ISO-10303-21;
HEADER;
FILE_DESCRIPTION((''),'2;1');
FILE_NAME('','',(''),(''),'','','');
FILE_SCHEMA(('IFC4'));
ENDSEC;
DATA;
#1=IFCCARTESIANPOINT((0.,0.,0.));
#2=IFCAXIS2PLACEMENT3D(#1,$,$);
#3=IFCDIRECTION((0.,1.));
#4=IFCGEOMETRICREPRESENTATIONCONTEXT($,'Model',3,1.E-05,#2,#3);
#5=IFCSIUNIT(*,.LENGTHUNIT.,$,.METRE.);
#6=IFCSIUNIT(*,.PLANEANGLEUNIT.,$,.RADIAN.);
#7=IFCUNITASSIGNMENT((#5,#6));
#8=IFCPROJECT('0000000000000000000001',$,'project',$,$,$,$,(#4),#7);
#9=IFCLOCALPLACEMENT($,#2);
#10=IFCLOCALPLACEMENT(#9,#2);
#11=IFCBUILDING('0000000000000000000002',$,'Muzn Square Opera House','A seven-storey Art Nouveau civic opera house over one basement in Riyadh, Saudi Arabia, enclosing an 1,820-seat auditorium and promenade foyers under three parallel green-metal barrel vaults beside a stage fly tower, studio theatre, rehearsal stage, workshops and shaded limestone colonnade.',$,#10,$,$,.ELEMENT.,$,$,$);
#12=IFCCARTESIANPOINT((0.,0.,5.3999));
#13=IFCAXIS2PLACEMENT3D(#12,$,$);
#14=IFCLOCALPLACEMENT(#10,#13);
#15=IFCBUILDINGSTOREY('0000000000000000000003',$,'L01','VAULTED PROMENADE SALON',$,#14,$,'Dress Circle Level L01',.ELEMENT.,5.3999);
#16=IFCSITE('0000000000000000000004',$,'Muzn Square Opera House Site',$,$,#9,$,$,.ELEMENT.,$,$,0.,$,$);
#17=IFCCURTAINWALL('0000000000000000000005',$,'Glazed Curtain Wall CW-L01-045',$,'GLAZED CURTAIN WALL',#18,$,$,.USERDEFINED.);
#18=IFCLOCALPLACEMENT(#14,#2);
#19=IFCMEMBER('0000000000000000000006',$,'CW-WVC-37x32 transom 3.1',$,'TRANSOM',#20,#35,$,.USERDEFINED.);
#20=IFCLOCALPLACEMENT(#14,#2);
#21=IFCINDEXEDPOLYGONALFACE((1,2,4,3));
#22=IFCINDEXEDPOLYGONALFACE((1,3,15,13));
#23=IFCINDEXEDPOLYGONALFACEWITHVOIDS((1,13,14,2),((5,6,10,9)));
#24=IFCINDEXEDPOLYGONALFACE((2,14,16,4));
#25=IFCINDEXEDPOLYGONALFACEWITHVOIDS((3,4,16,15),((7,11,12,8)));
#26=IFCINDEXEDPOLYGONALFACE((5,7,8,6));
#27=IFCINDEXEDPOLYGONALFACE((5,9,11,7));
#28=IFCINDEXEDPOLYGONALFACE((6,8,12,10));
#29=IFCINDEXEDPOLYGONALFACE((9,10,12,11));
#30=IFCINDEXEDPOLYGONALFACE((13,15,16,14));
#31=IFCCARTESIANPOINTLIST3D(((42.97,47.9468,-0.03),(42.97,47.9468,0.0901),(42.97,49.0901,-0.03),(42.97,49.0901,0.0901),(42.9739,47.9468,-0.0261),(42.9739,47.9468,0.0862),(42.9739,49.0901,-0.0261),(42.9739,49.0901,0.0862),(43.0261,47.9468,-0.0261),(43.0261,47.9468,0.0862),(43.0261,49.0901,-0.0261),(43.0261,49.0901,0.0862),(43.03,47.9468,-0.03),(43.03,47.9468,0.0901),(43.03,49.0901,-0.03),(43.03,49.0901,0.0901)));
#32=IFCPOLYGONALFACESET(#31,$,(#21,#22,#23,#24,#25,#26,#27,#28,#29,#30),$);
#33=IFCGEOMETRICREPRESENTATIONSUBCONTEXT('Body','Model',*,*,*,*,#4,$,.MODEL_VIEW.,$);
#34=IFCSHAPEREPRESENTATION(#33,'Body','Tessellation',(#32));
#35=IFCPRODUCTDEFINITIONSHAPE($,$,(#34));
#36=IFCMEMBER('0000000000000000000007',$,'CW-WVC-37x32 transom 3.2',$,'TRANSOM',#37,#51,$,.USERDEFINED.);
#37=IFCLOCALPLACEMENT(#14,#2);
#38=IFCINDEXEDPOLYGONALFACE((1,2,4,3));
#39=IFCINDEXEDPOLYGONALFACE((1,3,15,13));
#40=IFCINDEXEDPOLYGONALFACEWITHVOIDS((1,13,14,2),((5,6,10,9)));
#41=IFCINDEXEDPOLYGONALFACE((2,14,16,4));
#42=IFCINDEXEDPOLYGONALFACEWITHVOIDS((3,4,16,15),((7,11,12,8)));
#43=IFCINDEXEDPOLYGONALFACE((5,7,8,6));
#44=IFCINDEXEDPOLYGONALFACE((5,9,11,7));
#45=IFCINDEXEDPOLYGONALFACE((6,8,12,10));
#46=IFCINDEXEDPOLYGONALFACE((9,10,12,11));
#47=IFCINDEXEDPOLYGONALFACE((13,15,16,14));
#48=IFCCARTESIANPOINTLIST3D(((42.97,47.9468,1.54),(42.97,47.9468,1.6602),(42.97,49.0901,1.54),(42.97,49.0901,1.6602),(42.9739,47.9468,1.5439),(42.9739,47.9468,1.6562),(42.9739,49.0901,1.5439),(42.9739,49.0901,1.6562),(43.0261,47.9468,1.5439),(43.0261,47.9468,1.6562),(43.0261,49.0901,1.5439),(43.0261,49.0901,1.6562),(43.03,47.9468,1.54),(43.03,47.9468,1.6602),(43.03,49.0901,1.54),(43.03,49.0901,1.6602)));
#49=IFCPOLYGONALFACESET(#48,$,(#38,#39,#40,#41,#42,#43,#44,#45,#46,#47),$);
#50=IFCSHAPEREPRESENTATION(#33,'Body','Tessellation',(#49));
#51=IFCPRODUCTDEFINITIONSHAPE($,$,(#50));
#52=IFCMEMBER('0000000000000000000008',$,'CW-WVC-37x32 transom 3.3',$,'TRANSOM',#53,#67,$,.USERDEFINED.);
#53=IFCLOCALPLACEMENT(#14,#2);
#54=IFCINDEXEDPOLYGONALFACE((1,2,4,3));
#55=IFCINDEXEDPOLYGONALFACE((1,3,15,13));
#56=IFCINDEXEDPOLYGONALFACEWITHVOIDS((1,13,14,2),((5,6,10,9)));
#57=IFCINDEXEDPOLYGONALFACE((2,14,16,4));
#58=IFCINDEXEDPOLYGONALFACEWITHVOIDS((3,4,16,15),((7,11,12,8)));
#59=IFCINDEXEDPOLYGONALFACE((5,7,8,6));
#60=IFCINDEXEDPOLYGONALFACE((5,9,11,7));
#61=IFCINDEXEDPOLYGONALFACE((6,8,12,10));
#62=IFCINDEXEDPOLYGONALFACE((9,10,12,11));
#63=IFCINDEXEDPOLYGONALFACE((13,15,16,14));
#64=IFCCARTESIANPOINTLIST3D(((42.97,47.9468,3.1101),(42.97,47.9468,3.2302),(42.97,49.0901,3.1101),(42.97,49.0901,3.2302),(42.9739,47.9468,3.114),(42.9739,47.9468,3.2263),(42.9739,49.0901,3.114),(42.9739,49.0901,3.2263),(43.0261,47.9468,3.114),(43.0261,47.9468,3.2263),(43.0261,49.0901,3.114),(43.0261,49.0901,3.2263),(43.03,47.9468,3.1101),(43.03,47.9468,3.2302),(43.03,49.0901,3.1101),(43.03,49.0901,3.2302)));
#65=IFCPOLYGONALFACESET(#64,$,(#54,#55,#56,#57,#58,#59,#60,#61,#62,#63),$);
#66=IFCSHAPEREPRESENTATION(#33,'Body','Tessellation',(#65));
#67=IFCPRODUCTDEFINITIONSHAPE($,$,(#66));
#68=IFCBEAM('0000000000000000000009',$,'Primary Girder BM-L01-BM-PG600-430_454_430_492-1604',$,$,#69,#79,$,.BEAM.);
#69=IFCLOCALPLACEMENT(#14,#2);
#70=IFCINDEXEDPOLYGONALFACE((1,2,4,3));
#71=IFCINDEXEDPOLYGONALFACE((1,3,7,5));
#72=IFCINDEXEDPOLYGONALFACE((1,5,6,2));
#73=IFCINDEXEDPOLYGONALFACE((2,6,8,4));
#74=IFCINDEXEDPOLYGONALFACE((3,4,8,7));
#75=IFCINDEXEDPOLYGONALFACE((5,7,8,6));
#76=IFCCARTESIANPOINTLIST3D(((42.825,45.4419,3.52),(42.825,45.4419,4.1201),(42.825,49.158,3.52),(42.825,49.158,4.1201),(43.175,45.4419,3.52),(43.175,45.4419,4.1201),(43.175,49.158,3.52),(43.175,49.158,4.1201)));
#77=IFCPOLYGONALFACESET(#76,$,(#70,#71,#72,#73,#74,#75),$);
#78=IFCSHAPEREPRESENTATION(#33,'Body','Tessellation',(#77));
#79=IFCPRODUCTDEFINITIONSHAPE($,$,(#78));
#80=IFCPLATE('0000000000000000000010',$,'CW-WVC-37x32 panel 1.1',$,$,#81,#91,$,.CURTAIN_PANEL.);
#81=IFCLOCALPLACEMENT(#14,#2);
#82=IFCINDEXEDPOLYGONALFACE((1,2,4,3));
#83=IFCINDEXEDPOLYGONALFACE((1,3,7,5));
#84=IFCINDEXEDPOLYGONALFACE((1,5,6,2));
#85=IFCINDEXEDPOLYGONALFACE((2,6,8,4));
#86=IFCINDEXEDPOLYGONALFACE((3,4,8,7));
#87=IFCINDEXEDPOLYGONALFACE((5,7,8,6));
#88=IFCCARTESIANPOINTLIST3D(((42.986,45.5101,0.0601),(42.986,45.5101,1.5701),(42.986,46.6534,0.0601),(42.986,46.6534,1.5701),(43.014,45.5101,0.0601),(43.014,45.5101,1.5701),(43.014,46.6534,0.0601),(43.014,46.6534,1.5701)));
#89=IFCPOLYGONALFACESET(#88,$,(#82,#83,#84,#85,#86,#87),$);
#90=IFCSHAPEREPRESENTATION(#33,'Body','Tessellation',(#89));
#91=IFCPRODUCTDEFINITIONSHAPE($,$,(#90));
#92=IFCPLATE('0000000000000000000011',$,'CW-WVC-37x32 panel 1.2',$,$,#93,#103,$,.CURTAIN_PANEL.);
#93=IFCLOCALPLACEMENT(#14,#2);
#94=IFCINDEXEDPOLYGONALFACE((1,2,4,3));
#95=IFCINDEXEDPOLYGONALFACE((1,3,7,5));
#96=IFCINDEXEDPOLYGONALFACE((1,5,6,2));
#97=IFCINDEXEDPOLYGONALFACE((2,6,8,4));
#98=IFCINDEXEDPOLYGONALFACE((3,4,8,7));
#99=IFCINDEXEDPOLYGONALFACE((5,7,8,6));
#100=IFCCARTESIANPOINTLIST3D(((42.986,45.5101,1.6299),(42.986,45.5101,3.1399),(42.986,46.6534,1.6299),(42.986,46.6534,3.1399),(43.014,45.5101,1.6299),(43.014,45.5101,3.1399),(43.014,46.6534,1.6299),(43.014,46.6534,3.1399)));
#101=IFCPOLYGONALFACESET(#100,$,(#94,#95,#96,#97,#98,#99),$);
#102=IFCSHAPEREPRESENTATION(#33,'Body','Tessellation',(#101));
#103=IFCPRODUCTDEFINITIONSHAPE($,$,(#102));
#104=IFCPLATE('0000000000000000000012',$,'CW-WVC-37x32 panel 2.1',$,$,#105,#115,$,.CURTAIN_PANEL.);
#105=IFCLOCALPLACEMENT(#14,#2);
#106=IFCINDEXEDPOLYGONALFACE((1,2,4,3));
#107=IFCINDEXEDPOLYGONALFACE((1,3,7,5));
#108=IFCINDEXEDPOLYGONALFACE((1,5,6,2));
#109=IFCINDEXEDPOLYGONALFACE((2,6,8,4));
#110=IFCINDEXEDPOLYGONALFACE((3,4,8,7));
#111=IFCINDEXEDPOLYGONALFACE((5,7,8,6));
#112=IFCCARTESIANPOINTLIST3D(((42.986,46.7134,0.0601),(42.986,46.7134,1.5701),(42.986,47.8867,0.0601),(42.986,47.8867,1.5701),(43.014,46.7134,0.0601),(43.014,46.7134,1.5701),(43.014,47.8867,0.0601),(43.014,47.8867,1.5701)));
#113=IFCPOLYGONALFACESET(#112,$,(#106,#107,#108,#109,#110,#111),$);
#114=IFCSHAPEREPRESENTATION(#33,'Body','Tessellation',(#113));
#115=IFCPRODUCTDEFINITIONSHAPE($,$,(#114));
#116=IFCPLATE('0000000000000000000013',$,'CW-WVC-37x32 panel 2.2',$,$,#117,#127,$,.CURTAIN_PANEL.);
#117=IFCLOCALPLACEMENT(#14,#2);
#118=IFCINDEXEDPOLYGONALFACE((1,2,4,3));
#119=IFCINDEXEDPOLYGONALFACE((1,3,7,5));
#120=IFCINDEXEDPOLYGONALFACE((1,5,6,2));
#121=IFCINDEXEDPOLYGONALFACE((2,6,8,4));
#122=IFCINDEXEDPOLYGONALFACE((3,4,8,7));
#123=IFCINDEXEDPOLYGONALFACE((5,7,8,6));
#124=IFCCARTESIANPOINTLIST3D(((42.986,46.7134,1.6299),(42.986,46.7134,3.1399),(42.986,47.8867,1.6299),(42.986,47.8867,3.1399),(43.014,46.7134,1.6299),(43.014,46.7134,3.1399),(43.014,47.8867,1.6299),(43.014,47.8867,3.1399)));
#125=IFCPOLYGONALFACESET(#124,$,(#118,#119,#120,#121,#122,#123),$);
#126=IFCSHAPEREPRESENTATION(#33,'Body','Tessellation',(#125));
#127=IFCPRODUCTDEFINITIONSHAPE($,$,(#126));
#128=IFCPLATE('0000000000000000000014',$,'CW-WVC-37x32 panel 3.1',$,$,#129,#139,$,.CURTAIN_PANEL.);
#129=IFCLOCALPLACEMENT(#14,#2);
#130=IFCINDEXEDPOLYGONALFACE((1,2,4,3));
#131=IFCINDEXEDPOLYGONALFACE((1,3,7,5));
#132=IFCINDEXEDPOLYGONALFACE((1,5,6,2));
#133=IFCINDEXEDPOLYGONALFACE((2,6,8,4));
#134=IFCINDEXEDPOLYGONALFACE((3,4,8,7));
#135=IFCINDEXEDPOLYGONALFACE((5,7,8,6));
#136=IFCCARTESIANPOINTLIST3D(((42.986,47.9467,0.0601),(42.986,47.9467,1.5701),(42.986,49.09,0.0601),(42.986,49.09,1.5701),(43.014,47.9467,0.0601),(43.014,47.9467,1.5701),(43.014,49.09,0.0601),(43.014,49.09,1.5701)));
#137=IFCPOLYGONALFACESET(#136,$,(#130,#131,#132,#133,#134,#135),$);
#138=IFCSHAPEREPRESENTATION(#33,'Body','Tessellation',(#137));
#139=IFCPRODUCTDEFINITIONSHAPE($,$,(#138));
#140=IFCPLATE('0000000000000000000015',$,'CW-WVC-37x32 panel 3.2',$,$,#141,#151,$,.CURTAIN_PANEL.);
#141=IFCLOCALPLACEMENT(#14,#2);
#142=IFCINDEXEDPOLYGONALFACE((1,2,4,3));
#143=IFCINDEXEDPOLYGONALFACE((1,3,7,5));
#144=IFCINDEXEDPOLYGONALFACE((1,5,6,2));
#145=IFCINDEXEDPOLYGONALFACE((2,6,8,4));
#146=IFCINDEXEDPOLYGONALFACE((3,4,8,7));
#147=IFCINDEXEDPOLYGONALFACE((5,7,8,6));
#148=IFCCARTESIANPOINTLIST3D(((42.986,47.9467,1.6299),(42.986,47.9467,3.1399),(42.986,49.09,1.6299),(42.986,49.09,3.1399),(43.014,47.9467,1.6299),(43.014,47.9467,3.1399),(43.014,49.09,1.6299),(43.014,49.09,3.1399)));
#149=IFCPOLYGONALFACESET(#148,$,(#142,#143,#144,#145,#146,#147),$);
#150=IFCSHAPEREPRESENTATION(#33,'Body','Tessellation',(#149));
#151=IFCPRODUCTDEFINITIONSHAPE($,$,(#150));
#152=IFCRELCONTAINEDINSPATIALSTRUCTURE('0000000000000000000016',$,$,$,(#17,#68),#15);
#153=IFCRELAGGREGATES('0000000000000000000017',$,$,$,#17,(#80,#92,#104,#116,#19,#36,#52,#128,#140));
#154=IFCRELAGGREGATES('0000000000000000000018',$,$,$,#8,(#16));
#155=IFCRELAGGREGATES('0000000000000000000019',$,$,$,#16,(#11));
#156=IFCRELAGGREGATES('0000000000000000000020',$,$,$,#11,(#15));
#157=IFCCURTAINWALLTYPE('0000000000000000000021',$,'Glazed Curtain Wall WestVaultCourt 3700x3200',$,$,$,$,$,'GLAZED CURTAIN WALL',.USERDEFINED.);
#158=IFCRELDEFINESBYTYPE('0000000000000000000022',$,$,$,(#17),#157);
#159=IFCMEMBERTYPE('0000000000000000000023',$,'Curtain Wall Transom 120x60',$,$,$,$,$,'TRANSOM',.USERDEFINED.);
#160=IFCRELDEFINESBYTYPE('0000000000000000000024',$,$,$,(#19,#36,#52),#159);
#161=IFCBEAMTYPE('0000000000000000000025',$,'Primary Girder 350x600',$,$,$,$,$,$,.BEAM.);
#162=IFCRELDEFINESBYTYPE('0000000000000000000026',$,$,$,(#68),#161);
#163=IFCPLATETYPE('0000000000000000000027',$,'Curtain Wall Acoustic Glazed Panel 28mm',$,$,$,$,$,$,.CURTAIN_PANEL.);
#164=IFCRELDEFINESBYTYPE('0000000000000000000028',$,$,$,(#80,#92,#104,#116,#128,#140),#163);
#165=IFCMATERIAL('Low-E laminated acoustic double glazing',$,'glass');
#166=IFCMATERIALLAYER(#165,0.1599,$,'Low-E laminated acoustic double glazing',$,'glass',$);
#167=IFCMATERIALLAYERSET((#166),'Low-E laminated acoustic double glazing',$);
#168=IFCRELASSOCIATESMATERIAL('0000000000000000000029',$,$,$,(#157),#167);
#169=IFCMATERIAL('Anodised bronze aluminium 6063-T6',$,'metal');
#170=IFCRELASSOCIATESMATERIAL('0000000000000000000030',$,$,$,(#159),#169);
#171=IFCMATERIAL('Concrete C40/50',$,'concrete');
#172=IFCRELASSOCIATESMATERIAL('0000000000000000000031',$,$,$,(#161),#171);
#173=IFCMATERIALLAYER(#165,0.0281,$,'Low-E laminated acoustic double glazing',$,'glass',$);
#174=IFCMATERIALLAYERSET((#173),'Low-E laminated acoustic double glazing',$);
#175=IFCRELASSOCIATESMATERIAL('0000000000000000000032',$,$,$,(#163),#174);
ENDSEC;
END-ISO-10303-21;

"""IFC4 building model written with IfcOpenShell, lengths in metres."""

from ifc_helpers import new_model, si_unit, direction, frame, origin, origin_2d, place, context, subcontext, project, spatial, rectangle, hollow_rectangle, extrude, material, layer, layer_set, material_profile, profile_set, type_object, element, aggregate, save


model = new_model("IFC4")

# Units and contexts
model_context = context("Model", 3, precision=1e-05, world=origin(), true_north=direction((0.0, 1.0)))
body_context = subcontext(model_context, "Body", "Model", "MODEL_VIEW")
ifc_project = project(units=[si_unit("LENGTHUNIT", "METRE"), si_unit("PLANEANGLEUNIT", "RADIAN")], contexts=[model_context])

# Site, building, storey
site_placement = place(None, origin())
site = spatial("IfcSite", under=ifc_project, at=site_placement, Name="Muzn Square Opera House Site", CompositionType="ELEMENT", RefElevation=0.0)
building_placement = place(site_placement, origin())
building = spatial("IfcBuilding", under=site, at=building_placement, Name="Muzn Square Opera House", Description="A seven-storey Art Nouveau civic opera house over one basement in Riyadh, Saudi Arabia, enclosing an 1,820-seat auditorium and promenade foyers under three parallel green-metal barrel vaults beside a stage fly tower, studio theatre, rehearsal stage, workshops and shaded limestone colonnade.", CompositionType="ELEMENT")
storey_placement = place(building_placement, frame((0.0, 0.0, 5.3999)))
storey = spatial("IfcBuildingStorey", under=building, at=storey_placement, Name="L01", Description="VAULTED PROMENADE SALON", LongName="Dress Circle Level L01", CompositionType="ELEMENT", Elevation=5.3999)

# Curtain wall, members
ifc_material_1 = material(Name="Low-E laminated acoustic double glazing", Category="glass")
ifc_layer_1 = layer(ifc_material_1, 0.1599, Name="Low-E laminated acoustic double glazing", Category="glass")
ifc_layer_set_1 = layer_set([ifc_layer_1], Name="Low-E laminated acoustic double glazing")
curtain_wall_type = type_object("IfcCurtainWallType", Name="Glazed Curtain Wall WestVaultCourt 3700x3200", ElementType="GLAZED CURTAIN WALL", PredefinedType="USERDEFINED", material=ifc_layer_set_1)
curtain_wall_placement = place(storey_placement, origin())
curtain_wall = element("IfcCurtainWall", 1, at=curtain_wall_placement, inside=storey, type_object=curtain_wall_type, Name="Glazed Curtain Wall CW-L01-045", ObjectType="GLAZED CURTAIN WALL", PredefinedType="USERDEFINED")
ifc_material_2 = material(Name="Anodised bronze aluminium 6063-T6", Category="metal")
ifc_material_profile_1 = material_profile(ifc_material_2, hollow_rectangle(XDim=0.0601, YDim=0.1201, WallThickness=0.0039, at=origin_2d()), Name="ALU 120x60x4", Category="metal")
ifc_profile_set_1 = profile_set([ifc_material_profile_1], Name="Anodised bronze aluminium 6063-T6")
member_type_1 = type_object("IfcMemberType", Name="Curtain Wall Transom 120x60", ElementType="TRANSOM", PredefinedType="USERDEFINED", material=ifc_profile_set_1)
member_1_placement = place(storey_placement, frame((43.0, 47.9468, 0.03), z_axis=(0.0, 1.0, 0.0), x_axis=(-1.0, 0.0, 0.0)))
member_1 = element("IfcMember", 2, at=member_1_placement, type_object=member_type_1, Name="CW-WVC-37x32 transom 3.1", ObjectType="TRANSOM", PredefinedType="USERDEFINED", context=body_context, shape_type="SweptSolid", body=[
    extrude(hollow_rectangle(XDim=0.0601, YDim=0.1201, WallThickness=0.0039, at=origin_2d()), origin(), (0.0, 0.0, 1.0), 1.1433),
])
member_2_placement = place(storey_placement, frame((43.0, 47.9468, 1.6001), z_axis=(0.0, 1.0, 0.0), x_axis=(-1.0, 0.0, 0.0)))
member_2 = element("IfcMember", 3, at=member_2_placement, type_object=member_type_1, Name="CW-WVC-37x32 transom 3.2", ObjectType="TRANSOM", PredefinedType="USERDEFINED", context=body_context, shape_type="SweptSolid", body=[
    extrude(hollow_rectangle(XDim=0.0601, YDim=0.1201, WallThickness=0.0039, at=origin_2d()), origin(), (0.0, 0.0, 1.0), 1.1433),
])
member_3_placement = place(storey_placement, frame((43.0, 47.9468, 3.1702), z_axis=(0.0, 1.0, 0.0), x_axis=(-1.0, 0.0, 0.0)))
member_3 = element("IfcMember", 4, at=member_3_placement, type_object=member_type_1, Name="CW-WVC-37x32 transom 3.3", ObjectType="TRANSOM", PredefinedType="USERDEFINED", context=body_context, shape_type="SweptSolid", body=[
    extrude(hollow_rectangle(XDim=0.0601, YDim=0.1201, WallThickness=0.0039, at=origin_2d()), origin(), (0.0, 0.0, 1.0), 1.1433),
])

# Beam
ifc_material_3 = material(Name="Concrete C40/50", Category="concrete")
ifc_material_profile_2 = material_profile(ifc_material_3, rectangle(XDim=0.3501, YDim=0.6001, at=origin_2d()), Name="RCB 350x600", Category="concrete")
ifc_profile_set_2 = profile_set([ifc_material_profile_2], Name="Concrete C40/50")
beam_type = type_object("IfcBeamType", Name="Primary Girder 350x600", PredefinedType="BEAM", material=ifc_profile_set_2)
beam_placement = place(storey_placement, frame((43.0, 45.4419, 3.8201), z_axis=(0.0, 1.0, 0.0), x_axis=(-1.0, 0.0, 0.0)))
element("IfcBeam", 5, at=beam_placement, inside=storey, type_object=beam_type, Name="Primary Girder BM-L01-BM-PG600-430_454_430_492-1604", PredefinedType="BEAM", context=body_context, shape_type="SweptSolid", body=[
    extrude(rectangle(XDim=0.3501, YDim=0.6001, at=origin_2d()), origin(), (0.0, 0.0, 1.0), 3.7161),
])

# Plates
ifc_layer_2 = layer(ifc_material_1, 0.0281, Name="Low-E laminated acoustic double glazing", Category="glass")
ifc_layer_set_2 = layer_set([ifc_layer_2], Name="Low-E laminated acoustic double glazing")
plate_type = type_object("IfcPlateType", Name="Curtain Wall Acoustic Glazed Panel 28mm", PredefinedType="CURTAIN_PANEL", material=ifc_layer_set_2)
plate_1_placement = place(storey_placement, frame((43.0, 46.0818, 0.0601), z_axis=(0.0, 0.0, 1.0), x_axis=(0.0, 1.0, 0.0)))
plate_1 = element("IfcPlate", 6, at=plate_1_placement, type_object=plate_type, Name="CW-WVC-37x32 panel 1.1", PredefinedType="CURTAIN_PANEL", context=body_context, shape_type="SweptSolid", body=[
    extrude(rectangle(XDim=1.1433, YDim=0.0281, at=origin_2d()), origin(), (0.0, 0.0, 1.0), 1.51),
])
plate_2_placement = place(storey_placement, frame((43.0, 46.0818, 1.6299), z_axis=(0.0, 0.0, 1.0), x_axis=(0.0, 1.0, 0.0)))
plate_2 = element("IfcPlate", 7, at=plate_2_placement, type_object=plate_type, Name="CW-WVC-37x32 panel 1.2", PredefinedType="CURTAIN_PANEL", context=body_context, shape_type="SweptSolid", body=[
    extrude(rectangle(XDim=1.1433, YDim=0.0281, at=origin_2d()), origin(), (0.0, 0.0, 1.0), 1.51),
])
plate_3_placement = place(storey_placement, frame((43.0, 47.3, 0.0601), z_axis=(0.0, 0.0, 1.0), x_axis=(0.0, 1.0, 0.0)))
plate_3 = element("IfcPlate", 8, at=plate_3_placement, type_object=plate_type, Name="CW-WVC-37x32 panel 2.1", PredefinedType="CURTAIN_PANEL", context=body_context, shape_type="SweptSolid", body=[
    extrude(rectangle(XDim=1.1733, YDim=0.0281, at=origin_2d()), origin(), (0.0, 0.0, 1.0), 1.51),
])
plate_4_placement = place(storey_placement, frame((43.0, 47.3, 1.6299), z_axis=(0.0, 0.0, 1.0), x_axis=(0.0, 1.0, 0.0)))
plate_4 = element("IfcPlate", 9, at=plate_4_placement, type_object=plate_type, Name="CW-WVC-37x32 panel 2.2", PredefinedType="CURTAIN_PANEL", context=body_context, shape_type="SweptSolid", body=[
    extrude(rectangle(XDim=1.1733, YDim=0.0281, at=origin_2d()), origin(), (0.0, 0.0, 1.0), 1.51),
])
plate_5_placement = place(storey_placement, frame((43.0, 48.5183, 0.0601), z_axis=(0.0, 0.0, 1.0), x_axis=(0.0, 1.0, 0.0)))
plate_5 = element("IfcPlate", 10, at=plate_5_placement, type_object=plate_type, Name="CW-WVC-37x32 panel 3.1", PredefinedType="CURTAIN_PANEL", context=body_context, shape_type="SweptSolid", body=[
    extrude(rectangle(XDim=1.1433, YDim=0.0281, at=origin_2d()), origin(), (0.0, 0.0, 1.0), 1.51),
])
plate_6_placement = place(storey_placement, frame((43.0, 48.5183, 1.6299), z_axis=(0.0, 0.0, 1.0), x_axis=(0.0, 1.0, 0.0)))
plate_6 = element("IfcPlate", 11, at=plate_6_placement, type_object=plate_type, Name="CW-WVC-37x32 panel 3.2", PredefinedType="CURTAIN_PANEL", context=body_context, shape_type="SweptSolid", body=[
    extrude(rectangle(XDim=1.1433, YDim=0.0281, at=origin_2d()), origin(), (0.0, 0.0, 1.0), 1.51),
])
aggregate(curtain_wall, [plate_1, plate_2, plate_3, plate_4, member_1, member_2, member_3, plate_5, plate_6])

save(model, "model.ifc")
